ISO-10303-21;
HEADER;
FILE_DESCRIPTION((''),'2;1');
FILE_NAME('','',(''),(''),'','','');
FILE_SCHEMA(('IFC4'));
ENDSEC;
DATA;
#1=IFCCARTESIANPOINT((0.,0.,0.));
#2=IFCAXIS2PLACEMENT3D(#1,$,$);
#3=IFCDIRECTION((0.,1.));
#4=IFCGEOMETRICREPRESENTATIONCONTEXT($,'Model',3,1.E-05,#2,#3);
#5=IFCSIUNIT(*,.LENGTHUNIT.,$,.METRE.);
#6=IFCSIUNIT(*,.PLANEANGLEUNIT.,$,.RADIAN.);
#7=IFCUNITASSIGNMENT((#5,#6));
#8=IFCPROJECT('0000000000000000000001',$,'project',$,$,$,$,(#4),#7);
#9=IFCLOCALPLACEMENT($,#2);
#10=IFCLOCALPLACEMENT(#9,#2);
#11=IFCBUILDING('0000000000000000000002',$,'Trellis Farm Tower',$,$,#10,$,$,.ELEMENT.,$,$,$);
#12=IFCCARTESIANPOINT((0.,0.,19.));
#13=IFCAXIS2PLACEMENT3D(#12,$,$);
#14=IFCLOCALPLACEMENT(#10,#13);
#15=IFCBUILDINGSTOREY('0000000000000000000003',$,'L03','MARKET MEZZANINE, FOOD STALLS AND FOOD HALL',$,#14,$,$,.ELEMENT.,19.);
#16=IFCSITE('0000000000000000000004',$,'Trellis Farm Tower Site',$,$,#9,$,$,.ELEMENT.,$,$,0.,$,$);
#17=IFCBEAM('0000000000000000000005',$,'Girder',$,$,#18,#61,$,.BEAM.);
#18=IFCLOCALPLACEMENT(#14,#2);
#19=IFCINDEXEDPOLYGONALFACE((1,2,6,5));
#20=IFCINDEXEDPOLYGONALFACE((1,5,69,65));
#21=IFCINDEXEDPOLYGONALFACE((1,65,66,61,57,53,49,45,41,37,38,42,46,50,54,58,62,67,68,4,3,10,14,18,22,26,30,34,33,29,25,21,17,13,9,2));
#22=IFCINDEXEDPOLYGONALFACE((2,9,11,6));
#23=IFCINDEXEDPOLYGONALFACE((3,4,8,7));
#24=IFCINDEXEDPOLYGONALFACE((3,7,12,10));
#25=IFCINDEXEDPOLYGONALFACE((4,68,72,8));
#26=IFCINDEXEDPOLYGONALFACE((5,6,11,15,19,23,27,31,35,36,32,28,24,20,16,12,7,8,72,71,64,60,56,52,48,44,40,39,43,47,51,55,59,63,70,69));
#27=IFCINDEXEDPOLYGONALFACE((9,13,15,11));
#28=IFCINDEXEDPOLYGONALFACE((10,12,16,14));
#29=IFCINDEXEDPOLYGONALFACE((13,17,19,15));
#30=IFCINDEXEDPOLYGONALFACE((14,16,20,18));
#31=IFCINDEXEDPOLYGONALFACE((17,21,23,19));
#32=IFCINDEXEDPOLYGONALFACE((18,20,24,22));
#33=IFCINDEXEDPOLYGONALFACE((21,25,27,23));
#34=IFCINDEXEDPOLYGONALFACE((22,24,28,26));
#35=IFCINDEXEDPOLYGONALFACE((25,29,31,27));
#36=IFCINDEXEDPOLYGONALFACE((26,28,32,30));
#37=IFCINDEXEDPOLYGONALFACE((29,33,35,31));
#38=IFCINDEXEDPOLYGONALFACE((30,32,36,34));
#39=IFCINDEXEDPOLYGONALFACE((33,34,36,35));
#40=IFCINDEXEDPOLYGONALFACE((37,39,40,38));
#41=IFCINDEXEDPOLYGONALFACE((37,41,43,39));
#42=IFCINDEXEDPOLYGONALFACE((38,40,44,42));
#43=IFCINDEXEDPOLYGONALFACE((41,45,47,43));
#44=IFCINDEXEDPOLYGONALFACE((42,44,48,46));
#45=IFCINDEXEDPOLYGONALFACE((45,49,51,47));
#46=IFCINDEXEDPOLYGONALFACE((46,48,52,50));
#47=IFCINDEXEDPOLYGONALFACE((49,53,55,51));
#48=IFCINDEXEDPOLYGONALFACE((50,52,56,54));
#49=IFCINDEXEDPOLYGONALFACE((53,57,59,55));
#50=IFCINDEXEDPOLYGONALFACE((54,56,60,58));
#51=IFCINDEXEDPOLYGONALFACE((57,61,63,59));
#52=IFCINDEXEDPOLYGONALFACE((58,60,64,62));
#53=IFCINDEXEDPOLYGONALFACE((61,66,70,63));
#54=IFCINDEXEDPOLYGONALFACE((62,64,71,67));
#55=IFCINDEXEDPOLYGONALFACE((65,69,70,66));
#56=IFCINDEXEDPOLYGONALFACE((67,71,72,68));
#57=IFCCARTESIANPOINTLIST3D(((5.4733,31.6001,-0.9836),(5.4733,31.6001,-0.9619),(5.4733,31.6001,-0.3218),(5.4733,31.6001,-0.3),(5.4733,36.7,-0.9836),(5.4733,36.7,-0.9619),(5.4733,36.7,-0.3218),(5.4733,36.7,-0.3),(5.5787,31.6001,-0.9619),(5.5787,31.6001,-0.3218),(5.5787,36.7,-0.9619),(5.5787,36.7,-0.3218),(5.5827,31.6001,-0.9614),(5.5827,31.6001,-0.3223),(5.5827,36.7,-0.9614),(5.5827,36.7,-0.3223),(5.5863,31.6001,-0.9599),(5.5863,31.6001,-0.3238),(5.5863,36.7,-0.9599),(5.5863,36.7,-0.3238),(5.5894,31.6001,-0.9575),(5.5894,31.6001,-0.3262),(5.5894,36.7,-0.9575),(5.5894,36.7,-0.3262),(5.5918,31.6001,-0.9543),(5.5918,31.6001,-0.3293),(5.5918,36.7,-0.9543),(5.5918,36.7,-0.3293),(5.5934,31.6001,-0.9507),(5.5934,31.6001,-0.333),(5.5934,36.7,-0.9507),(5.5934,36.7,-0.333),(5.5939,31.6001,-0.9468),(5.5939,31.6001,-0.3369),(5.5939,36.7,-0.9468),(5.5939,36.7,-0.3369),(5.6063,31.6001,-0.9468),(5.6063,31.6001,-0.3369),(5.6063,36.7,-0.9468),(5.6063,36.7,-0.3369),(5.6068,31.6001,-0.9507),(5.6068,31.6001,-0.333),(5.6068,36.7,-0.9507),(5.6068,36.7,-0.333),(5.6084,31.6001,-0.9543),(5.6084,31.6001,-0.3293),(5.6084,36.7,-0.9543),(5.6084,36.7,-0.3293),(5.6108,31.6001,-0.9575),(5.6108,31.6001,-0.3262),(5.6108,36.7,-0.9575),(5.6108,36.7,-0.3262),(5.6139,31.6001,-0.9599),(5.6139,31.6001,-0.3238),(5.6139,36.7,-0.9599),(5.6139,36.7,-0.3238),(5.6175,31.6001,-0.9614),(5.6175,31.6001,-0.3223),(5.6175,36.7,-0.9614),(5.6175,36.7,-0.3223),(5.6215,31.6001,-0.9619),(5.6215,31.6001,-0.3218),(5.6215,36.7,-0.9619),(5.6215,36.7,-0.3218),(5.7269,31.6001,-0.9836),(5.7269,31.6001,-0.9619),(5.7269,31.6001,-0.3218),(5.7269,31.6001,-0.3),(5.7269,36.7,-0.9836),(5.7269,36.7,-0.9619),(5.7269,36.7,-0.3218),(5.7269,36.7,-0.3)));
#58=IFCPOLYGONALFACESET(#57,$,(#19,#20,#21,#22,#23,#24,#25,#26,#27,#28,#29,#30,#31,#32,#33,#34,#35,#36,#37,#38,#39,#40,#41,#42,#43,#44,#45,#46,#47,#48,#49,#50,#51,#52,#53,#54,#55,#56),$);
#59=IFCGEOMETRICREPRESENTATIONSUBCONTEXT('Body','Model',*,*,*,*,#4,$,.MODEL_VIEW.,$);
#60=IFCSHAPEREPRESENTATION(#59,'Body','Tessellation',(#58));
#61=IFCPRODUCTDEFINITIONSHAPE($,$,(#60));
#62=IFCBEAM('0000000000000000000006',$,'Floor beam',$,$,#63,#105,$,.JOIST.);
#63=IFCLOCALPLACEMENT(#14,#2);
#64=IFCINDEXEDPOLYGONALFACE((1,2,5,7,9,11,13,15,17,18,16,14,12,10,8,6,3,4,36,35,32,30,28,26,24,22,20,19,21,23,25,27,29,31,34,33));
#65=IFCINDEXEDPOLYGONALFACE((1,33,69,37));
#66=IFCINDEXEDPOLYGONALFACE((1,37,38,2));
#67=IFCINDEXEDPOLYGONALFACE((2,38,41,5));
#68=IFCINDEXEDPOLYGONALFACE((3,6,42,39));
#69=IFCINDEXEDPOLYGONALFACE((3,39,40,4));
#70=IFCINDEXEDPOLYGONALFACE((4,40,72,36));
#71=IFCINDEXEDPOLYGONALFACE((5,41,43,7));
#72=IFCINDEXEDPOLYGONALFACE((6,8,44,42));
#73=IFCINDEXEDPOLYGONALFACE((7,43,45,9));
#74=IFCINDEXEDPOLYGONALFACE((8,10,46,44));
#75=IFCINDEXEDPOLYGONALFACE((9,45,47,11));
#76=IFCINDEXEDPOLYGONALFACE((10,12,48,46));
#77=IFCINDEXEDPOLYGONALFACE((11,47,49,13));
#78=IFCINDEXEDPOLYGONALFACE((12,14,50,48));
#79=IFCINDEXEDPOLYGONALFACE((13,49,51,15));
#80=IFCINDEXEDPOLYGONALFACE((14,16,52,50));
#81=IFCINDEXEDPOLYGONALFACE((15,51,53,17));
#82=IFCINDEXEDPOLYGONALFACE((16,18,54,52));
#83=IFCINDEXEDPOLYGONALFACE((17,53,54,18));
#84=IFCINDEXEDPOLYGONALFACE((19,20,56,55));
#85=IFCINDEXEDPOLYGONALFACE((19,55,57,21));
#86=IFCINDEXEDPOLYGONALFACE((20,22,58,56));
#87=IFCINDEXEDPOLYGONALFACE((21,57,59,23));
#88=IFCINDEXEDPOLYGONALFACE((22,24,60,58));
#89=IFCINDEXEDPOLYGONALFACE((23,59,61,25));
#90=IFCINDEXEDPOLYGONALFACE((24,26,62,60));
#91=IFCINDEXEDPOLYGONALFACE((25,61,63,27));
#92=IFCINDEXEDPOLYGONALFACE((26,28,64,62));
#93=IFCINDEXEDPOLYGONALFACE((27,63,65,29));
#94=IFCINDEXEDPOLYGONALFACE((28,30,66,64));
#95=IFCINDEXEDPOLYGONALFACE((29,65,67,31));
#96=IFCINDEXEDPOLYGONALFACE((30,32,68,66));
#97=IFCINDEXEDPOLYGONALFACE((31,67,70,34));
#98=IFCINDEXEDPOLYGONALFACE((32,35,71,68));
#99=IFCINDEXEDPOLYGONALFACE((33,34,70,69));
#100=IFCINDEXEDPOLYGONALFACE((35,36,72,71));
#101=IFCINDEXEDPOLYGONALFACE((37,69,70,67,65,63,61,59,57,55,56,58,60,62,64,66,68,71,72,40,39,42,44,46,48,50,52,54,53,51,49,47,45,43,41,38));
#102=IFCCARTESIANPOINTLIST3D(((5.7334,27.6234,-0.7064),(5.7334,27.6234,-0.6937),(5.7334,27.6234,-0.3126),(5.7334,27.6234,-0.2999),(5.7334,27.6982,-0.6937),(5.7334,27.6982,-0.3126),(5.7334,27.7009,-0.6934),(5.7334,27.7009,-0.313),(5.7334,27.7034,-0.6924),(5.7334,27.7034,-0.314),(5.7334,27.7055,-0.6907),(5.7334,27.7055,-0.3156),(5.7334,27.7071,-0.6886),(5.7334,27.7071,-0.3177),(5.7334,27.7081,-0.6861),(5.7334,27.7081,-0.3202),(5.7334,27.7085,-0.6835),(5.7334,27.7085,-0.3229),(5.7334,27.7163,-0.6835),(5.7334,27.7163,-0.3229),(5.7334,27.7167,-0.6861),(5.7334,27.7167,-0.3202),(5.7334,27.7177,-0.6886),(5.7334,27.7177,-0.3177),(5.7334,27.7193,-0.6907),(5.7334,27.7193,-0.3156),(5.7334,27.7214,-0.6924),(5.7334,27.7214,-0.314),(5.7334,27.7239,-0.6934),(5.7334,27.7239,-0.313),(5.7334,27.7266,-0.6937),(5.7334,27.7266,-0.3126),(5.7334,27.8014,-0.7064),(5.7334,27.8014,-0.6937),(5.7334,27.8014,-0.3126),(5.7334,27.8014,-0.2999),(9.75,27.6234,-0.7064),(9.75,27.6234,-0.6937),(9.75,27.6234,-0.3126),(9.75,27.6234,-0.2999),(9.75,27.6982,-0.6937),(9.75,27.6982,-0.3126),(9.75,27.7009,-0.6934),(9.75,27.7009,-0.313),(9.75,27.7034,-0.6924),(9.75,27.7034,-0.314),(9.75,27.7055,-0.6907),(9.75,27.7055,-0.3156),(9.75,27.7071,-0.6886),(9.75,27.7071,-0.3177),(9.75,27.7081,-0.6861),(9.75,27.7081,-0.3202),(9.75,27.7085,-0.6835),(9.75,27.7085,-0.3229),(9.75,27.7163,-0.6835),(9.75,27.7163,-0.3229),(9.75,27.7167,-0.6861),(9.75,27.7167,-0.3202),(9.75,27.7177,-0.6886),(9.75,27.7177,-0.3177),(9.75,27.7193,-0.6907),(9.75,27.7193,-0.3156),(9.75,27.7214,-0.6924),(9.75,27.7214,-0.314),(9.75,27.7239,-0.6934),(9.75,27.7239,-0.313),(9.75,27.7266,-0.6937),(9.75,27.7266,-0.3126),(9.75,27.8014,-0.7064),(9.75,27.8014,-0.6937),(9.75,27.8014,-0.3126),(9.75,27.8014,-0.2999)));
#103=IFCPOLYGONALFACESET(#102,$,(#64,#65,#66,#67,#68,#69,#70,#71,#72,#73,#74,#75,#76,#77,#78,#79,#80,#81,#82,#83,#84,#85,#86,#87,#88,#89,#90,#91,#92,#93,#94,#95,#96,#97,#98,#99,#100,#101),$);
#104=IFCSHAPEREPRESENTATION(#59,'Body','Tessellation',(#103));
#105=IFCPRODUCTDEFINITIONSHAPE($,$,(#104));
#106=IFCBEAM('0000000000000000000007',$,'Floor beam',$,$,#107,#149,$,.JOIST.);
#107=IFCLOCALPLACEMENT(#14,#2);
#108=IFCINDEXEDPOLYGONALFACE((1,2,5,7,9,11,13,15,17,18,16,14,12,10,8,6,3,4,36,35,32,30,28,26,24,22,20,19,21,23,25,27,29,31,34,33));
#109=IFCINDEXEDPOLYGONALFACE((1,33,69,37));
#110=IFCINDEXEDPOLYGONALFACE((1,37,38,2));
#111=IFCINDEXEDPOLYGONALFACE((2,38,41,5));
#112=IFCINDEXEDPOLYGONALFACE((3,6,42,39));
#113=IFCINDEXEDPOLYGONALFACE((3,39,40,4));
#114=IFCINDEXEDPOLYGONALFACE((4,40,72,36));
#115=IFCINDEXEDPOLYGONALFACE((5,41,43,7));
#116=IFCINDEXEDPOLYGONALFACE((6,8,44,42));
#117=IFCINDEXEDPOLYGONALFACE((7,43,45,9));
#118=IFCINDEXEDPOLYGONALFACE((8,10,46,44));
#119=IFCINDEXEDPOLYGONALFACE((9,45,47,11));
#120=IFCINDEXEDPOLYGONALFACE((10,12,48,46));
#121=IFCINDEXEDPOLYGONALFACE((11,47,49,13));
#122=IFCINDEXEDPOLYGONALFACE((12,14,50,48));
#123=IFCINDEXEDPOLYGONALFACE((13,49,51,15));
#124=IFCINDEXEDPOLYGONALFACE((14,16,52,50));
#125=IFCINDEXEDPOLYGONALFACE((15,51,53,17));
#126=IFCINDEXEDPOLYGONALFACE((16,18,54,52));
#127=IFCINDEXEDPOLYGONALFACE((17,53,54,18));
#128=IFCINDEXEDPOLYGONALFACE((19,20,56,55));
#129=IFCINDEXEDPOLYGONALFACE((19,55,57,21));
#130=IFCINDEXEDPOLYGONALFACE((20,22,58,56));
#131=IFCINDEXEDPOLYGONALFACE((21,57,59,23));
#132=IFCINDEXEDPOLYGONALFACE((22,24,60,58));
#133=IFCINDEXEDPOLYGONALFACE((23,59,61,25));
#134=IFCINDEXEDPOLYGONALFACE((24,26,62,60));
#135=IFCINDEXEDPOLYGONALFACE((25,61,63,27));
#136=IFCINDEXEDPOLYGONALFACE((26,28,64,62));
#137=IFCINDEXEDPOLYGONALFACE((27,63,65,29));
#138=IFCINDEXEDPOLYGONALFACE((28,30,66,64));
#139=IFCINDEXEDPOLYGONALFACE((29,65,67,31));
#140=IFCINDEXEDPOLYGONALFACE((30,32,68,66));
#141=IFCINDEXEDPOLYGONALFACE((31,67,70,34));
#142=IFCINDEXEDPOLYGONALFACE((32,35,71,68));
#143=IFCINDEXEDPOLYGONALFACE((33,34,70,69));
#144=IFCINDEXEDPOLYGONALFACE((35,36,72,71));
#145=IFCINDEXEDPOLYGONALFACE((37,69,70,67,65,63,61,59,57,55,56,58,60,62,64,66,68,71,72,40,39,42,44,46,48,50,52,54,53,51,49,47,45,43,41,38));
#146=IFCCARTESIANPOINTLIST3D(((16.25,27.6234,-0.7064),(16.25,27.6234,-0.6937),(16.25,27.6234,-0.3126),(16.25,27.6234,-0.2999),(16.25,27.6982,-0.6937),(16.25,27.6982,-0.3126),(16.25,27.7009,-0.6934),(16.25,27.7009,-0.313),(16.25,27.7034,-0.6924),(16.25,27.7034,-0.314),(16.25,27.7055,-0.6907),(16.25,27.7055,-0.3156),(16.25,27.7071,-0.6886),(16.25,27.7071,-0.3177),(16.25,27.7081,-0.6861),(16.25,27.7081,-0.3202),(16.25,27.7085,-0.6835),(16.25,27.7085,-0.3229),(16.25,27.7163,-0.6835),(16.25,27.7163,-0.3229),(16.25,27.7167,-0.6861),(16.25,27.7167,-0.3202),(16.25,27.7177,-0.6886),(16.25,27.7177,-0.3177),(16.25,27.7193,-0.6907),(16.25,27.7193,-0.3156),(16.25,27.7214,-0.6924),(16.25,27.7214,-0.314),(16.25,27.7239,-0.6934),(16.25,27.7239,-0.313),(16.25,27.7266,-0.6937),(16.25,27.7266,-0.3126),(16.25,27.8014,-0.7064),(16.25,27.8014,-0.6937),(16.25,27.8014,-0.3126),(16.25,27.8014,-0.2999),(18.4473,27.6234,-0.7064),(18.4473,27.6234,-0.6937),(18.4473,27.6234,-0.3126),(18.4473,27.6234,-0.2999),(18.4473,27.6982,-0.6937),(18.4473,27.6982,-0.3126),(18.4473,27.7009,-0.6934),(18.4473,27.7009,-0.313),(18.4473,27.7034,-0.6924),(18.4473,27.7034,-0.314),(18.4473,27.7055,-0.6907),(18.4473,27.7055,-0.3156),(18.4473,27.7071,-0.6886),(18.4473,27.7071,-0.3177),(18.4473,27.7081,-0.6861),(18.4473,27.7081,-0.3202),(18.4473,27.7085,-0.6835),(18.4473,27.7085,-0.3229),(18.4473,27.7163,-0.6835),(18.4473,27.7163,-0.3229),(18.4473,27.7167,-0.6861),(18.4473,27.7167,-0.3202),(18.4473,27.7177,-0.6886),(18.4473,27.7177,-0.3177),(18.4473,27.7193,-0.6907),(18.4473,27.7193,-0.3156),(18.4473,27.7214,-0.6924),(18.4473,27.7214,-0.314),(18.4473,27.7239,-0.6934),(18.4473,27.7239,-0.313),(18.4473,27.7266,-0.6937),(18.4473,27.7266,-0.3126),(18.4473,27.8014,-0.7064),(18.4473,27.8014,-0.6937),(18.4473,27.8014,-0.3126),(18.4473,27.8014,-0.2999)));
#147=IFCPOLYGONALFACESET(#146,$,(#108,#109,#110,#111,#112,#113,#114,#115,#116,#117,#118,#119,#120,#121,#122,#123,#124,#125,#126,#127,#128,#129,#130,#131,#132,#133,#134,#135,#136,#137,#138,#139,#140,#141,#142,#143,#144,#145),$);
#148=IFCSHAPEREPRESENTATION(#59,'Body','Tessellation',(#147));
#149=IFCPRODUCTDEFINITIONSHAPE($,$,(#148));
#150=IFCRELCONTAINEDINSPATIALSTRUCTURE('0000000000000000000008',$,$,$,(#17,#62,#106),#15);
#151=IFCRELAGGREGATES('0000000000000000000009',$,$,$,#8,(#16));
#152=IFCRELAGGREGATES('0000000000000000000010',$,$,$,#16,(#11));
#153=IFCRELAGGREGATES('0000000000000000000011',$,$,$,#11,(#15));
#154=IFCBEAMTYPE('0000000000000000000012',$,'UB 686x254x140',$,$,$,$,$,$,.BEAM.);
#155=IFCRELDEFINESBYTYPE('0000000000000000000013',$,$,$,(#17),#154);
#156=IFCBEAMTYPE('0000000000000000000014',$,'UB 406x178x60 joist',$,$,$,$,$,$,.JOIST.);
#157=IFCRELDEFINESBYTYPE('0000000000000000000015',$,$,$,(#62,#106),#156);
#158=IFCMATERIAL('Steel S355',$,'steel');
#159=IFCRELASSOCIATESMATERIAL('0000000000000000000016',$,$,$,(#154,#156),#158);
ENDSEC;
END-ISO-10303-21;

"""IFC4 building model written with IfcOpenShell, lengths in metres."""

from ifc_helpers import new_model, si_unit, direction, frame, origin, origin_2d, place, context, subcontext, project, spatial, i_section, extrude, source, transform, mapped, material, material_profile, profile_set, type_object, element, save


model = new_model("IFC4")

# Units and contexts
model_context = context("Model", 3, precision=1e-05, world=origin(), true_north=direction((0.0, 1.0)))
body_context = subcontext(model_context, "Body", "Model", "MODEL_VIEW")
ifc_project = project(units=[si_unit("LENGTHUNIT", "METRE"), si_unit("PLANEANGLEUNIT", "RADIAN")], contexts=[model_context])

# Site, building, storey
site_placement = place(None, origin())
site = spatial("IfcSite", under=ifc_project, at=site_placement, Name="Trellis Farm Tower Site", CompositionType="ELEMENT", RefElevation=0.0)
building_placement = place(site_placement, origin())
building = spatial("IfcBuilding", under=site, at=building_placement, Name="Trellis Farm Tower", CompositionType="ELEMENT")
storey_placement = place(building_placement, frame((0.0, 0.0, 19.0)))
storey = spatial("IfcBuildingStorey", under=building, at=storey_placement, Name="L03", Description="MARKET MEZZANINE, FOOD STALLS AND FOOD HALL", CompositionType="ELEMENT", Elevation=19.0)

# Beams
ifc_material_1 = material(Name="Steel S355", Category="steel")
ifc_material_profile_1 = material_profile(ifc_material_1, i_section(OverallWidth=0.2537, OverallDepth=0.6836, WebThickness=0.0125, FlangeThickness=0.0217, FilletRadius=0.0151, at=origin_2d()), Name="UB 686x254x140")
ifc_profile_set_1 = profile_set([ifc_material_profile_1], Name="Steel S355")
beam_type_1 = type_object("IfcBeamType", Name="UB 686x254x140", PredefinedType="BEAM", material=ifc_profile_set_1)
shared_shape_1 = source(origin(), body_context, "Body", "SweptSolid", [
    extrude(i_section(OverallWidth=0.2537, OverallDepth=0.6836, WebThickness=0.0125, FlangeThickness=0.0217, FilletRadius=0.0151, at=origin_2d()), origin(), (0.0, 0.0, 1.0), 5.0999),
])
beam_1_placement = place(storey_placement, frame((5.6001, 31.6001, -0.6418), z_axis=(0.0, 1.0, 0.0), x_axis=(-1.0, 0.0, 0.0)))
element("IfcBeam", 1, at=beam_1_placement, inside=storey, type_object=beam_type_1, Name="Girder", PredefinedType="BEAM", context=body_context, shape_type="MappedRepresentation", body=[
    mapped(shared_shape_1, transform((0.0, 0.0, 0.0))),
])
ifc_material_profile_2 = material_profile(ifc_material_1, i_section(OverallWidth=0.178, OverallDepth=0.4065, WebThickness=0.0078, FlangeThickness=0.0127, FilletRadius=0.0103, at=origin_2d()), Name="UB 406x178x60")
ifc_profile_set_2 = profile_set([ifc_material_profile_2], Name="Steel S355")
beam_type_2 = type_object("IfcBeamType", Name="UB 406x178x60 joist", PredefinedType="JOIST", material=ifc_profile_set_2)
shared_shape_2 = source(origin(), body_context, "Body", "SweptSolid", [
    extrude(i_section(OverallWidth=0.178, OverallDepth=0.4065, WebThickness=0.0078, FlangeThickness=0.0127, FilletRadius=0.0103, at=origin_2d()), origin(), (0.0, 0.0, 1.0), 4.0166),
])
beam_2_placement = place(storey_placement, frame((5.7334, 27.7124, -0.5032), z_axis=(1.0, 0.0, 0.0), x_axis=(0.0, 1.0, 0.0)))
element("IfcBeam", 2, at=beam_2_placement, inside=storey, type_object=beam_type_2, Name="Floor beam", PredefinedType="JOIST", context=body_context, shape_type="MappedRepresentation", body=[
    mapped(shared_shape_2, transform((0.0, 0.0, 0.0))),
])
shared_shape_3 = source(origin(), body_context, "Body", "SweptSolid", [
    extrude(i_section(OverallWidth=0.178, OverallDepth=0.4065, WebThickness=0.0078, FlangeThickness=0.0127, FilletRadius=0.0103, at=origin_2d()), origin(), (0.0, 0.0, 1.0), 2.1973),
])
beam_3_placement = place(storey_placement, frame((16.25, 27.7124, -0.5032), z_axis=(1.0, 0.0, 0.0), x_axis=(0.0, 1.0, 0.0)))
element("IfcBeam", 3, at=beam_3_placement, inside=storey, type_object=beam_type_2, Name="Floor beam", PredefinedType="JOIST", context=body_context, shape_type="MappedRepresentation", body=[
    mapped(shared_shape_3, transform((0.0, 0.0, 0.0))),
])

save(model, "model.ifc")
